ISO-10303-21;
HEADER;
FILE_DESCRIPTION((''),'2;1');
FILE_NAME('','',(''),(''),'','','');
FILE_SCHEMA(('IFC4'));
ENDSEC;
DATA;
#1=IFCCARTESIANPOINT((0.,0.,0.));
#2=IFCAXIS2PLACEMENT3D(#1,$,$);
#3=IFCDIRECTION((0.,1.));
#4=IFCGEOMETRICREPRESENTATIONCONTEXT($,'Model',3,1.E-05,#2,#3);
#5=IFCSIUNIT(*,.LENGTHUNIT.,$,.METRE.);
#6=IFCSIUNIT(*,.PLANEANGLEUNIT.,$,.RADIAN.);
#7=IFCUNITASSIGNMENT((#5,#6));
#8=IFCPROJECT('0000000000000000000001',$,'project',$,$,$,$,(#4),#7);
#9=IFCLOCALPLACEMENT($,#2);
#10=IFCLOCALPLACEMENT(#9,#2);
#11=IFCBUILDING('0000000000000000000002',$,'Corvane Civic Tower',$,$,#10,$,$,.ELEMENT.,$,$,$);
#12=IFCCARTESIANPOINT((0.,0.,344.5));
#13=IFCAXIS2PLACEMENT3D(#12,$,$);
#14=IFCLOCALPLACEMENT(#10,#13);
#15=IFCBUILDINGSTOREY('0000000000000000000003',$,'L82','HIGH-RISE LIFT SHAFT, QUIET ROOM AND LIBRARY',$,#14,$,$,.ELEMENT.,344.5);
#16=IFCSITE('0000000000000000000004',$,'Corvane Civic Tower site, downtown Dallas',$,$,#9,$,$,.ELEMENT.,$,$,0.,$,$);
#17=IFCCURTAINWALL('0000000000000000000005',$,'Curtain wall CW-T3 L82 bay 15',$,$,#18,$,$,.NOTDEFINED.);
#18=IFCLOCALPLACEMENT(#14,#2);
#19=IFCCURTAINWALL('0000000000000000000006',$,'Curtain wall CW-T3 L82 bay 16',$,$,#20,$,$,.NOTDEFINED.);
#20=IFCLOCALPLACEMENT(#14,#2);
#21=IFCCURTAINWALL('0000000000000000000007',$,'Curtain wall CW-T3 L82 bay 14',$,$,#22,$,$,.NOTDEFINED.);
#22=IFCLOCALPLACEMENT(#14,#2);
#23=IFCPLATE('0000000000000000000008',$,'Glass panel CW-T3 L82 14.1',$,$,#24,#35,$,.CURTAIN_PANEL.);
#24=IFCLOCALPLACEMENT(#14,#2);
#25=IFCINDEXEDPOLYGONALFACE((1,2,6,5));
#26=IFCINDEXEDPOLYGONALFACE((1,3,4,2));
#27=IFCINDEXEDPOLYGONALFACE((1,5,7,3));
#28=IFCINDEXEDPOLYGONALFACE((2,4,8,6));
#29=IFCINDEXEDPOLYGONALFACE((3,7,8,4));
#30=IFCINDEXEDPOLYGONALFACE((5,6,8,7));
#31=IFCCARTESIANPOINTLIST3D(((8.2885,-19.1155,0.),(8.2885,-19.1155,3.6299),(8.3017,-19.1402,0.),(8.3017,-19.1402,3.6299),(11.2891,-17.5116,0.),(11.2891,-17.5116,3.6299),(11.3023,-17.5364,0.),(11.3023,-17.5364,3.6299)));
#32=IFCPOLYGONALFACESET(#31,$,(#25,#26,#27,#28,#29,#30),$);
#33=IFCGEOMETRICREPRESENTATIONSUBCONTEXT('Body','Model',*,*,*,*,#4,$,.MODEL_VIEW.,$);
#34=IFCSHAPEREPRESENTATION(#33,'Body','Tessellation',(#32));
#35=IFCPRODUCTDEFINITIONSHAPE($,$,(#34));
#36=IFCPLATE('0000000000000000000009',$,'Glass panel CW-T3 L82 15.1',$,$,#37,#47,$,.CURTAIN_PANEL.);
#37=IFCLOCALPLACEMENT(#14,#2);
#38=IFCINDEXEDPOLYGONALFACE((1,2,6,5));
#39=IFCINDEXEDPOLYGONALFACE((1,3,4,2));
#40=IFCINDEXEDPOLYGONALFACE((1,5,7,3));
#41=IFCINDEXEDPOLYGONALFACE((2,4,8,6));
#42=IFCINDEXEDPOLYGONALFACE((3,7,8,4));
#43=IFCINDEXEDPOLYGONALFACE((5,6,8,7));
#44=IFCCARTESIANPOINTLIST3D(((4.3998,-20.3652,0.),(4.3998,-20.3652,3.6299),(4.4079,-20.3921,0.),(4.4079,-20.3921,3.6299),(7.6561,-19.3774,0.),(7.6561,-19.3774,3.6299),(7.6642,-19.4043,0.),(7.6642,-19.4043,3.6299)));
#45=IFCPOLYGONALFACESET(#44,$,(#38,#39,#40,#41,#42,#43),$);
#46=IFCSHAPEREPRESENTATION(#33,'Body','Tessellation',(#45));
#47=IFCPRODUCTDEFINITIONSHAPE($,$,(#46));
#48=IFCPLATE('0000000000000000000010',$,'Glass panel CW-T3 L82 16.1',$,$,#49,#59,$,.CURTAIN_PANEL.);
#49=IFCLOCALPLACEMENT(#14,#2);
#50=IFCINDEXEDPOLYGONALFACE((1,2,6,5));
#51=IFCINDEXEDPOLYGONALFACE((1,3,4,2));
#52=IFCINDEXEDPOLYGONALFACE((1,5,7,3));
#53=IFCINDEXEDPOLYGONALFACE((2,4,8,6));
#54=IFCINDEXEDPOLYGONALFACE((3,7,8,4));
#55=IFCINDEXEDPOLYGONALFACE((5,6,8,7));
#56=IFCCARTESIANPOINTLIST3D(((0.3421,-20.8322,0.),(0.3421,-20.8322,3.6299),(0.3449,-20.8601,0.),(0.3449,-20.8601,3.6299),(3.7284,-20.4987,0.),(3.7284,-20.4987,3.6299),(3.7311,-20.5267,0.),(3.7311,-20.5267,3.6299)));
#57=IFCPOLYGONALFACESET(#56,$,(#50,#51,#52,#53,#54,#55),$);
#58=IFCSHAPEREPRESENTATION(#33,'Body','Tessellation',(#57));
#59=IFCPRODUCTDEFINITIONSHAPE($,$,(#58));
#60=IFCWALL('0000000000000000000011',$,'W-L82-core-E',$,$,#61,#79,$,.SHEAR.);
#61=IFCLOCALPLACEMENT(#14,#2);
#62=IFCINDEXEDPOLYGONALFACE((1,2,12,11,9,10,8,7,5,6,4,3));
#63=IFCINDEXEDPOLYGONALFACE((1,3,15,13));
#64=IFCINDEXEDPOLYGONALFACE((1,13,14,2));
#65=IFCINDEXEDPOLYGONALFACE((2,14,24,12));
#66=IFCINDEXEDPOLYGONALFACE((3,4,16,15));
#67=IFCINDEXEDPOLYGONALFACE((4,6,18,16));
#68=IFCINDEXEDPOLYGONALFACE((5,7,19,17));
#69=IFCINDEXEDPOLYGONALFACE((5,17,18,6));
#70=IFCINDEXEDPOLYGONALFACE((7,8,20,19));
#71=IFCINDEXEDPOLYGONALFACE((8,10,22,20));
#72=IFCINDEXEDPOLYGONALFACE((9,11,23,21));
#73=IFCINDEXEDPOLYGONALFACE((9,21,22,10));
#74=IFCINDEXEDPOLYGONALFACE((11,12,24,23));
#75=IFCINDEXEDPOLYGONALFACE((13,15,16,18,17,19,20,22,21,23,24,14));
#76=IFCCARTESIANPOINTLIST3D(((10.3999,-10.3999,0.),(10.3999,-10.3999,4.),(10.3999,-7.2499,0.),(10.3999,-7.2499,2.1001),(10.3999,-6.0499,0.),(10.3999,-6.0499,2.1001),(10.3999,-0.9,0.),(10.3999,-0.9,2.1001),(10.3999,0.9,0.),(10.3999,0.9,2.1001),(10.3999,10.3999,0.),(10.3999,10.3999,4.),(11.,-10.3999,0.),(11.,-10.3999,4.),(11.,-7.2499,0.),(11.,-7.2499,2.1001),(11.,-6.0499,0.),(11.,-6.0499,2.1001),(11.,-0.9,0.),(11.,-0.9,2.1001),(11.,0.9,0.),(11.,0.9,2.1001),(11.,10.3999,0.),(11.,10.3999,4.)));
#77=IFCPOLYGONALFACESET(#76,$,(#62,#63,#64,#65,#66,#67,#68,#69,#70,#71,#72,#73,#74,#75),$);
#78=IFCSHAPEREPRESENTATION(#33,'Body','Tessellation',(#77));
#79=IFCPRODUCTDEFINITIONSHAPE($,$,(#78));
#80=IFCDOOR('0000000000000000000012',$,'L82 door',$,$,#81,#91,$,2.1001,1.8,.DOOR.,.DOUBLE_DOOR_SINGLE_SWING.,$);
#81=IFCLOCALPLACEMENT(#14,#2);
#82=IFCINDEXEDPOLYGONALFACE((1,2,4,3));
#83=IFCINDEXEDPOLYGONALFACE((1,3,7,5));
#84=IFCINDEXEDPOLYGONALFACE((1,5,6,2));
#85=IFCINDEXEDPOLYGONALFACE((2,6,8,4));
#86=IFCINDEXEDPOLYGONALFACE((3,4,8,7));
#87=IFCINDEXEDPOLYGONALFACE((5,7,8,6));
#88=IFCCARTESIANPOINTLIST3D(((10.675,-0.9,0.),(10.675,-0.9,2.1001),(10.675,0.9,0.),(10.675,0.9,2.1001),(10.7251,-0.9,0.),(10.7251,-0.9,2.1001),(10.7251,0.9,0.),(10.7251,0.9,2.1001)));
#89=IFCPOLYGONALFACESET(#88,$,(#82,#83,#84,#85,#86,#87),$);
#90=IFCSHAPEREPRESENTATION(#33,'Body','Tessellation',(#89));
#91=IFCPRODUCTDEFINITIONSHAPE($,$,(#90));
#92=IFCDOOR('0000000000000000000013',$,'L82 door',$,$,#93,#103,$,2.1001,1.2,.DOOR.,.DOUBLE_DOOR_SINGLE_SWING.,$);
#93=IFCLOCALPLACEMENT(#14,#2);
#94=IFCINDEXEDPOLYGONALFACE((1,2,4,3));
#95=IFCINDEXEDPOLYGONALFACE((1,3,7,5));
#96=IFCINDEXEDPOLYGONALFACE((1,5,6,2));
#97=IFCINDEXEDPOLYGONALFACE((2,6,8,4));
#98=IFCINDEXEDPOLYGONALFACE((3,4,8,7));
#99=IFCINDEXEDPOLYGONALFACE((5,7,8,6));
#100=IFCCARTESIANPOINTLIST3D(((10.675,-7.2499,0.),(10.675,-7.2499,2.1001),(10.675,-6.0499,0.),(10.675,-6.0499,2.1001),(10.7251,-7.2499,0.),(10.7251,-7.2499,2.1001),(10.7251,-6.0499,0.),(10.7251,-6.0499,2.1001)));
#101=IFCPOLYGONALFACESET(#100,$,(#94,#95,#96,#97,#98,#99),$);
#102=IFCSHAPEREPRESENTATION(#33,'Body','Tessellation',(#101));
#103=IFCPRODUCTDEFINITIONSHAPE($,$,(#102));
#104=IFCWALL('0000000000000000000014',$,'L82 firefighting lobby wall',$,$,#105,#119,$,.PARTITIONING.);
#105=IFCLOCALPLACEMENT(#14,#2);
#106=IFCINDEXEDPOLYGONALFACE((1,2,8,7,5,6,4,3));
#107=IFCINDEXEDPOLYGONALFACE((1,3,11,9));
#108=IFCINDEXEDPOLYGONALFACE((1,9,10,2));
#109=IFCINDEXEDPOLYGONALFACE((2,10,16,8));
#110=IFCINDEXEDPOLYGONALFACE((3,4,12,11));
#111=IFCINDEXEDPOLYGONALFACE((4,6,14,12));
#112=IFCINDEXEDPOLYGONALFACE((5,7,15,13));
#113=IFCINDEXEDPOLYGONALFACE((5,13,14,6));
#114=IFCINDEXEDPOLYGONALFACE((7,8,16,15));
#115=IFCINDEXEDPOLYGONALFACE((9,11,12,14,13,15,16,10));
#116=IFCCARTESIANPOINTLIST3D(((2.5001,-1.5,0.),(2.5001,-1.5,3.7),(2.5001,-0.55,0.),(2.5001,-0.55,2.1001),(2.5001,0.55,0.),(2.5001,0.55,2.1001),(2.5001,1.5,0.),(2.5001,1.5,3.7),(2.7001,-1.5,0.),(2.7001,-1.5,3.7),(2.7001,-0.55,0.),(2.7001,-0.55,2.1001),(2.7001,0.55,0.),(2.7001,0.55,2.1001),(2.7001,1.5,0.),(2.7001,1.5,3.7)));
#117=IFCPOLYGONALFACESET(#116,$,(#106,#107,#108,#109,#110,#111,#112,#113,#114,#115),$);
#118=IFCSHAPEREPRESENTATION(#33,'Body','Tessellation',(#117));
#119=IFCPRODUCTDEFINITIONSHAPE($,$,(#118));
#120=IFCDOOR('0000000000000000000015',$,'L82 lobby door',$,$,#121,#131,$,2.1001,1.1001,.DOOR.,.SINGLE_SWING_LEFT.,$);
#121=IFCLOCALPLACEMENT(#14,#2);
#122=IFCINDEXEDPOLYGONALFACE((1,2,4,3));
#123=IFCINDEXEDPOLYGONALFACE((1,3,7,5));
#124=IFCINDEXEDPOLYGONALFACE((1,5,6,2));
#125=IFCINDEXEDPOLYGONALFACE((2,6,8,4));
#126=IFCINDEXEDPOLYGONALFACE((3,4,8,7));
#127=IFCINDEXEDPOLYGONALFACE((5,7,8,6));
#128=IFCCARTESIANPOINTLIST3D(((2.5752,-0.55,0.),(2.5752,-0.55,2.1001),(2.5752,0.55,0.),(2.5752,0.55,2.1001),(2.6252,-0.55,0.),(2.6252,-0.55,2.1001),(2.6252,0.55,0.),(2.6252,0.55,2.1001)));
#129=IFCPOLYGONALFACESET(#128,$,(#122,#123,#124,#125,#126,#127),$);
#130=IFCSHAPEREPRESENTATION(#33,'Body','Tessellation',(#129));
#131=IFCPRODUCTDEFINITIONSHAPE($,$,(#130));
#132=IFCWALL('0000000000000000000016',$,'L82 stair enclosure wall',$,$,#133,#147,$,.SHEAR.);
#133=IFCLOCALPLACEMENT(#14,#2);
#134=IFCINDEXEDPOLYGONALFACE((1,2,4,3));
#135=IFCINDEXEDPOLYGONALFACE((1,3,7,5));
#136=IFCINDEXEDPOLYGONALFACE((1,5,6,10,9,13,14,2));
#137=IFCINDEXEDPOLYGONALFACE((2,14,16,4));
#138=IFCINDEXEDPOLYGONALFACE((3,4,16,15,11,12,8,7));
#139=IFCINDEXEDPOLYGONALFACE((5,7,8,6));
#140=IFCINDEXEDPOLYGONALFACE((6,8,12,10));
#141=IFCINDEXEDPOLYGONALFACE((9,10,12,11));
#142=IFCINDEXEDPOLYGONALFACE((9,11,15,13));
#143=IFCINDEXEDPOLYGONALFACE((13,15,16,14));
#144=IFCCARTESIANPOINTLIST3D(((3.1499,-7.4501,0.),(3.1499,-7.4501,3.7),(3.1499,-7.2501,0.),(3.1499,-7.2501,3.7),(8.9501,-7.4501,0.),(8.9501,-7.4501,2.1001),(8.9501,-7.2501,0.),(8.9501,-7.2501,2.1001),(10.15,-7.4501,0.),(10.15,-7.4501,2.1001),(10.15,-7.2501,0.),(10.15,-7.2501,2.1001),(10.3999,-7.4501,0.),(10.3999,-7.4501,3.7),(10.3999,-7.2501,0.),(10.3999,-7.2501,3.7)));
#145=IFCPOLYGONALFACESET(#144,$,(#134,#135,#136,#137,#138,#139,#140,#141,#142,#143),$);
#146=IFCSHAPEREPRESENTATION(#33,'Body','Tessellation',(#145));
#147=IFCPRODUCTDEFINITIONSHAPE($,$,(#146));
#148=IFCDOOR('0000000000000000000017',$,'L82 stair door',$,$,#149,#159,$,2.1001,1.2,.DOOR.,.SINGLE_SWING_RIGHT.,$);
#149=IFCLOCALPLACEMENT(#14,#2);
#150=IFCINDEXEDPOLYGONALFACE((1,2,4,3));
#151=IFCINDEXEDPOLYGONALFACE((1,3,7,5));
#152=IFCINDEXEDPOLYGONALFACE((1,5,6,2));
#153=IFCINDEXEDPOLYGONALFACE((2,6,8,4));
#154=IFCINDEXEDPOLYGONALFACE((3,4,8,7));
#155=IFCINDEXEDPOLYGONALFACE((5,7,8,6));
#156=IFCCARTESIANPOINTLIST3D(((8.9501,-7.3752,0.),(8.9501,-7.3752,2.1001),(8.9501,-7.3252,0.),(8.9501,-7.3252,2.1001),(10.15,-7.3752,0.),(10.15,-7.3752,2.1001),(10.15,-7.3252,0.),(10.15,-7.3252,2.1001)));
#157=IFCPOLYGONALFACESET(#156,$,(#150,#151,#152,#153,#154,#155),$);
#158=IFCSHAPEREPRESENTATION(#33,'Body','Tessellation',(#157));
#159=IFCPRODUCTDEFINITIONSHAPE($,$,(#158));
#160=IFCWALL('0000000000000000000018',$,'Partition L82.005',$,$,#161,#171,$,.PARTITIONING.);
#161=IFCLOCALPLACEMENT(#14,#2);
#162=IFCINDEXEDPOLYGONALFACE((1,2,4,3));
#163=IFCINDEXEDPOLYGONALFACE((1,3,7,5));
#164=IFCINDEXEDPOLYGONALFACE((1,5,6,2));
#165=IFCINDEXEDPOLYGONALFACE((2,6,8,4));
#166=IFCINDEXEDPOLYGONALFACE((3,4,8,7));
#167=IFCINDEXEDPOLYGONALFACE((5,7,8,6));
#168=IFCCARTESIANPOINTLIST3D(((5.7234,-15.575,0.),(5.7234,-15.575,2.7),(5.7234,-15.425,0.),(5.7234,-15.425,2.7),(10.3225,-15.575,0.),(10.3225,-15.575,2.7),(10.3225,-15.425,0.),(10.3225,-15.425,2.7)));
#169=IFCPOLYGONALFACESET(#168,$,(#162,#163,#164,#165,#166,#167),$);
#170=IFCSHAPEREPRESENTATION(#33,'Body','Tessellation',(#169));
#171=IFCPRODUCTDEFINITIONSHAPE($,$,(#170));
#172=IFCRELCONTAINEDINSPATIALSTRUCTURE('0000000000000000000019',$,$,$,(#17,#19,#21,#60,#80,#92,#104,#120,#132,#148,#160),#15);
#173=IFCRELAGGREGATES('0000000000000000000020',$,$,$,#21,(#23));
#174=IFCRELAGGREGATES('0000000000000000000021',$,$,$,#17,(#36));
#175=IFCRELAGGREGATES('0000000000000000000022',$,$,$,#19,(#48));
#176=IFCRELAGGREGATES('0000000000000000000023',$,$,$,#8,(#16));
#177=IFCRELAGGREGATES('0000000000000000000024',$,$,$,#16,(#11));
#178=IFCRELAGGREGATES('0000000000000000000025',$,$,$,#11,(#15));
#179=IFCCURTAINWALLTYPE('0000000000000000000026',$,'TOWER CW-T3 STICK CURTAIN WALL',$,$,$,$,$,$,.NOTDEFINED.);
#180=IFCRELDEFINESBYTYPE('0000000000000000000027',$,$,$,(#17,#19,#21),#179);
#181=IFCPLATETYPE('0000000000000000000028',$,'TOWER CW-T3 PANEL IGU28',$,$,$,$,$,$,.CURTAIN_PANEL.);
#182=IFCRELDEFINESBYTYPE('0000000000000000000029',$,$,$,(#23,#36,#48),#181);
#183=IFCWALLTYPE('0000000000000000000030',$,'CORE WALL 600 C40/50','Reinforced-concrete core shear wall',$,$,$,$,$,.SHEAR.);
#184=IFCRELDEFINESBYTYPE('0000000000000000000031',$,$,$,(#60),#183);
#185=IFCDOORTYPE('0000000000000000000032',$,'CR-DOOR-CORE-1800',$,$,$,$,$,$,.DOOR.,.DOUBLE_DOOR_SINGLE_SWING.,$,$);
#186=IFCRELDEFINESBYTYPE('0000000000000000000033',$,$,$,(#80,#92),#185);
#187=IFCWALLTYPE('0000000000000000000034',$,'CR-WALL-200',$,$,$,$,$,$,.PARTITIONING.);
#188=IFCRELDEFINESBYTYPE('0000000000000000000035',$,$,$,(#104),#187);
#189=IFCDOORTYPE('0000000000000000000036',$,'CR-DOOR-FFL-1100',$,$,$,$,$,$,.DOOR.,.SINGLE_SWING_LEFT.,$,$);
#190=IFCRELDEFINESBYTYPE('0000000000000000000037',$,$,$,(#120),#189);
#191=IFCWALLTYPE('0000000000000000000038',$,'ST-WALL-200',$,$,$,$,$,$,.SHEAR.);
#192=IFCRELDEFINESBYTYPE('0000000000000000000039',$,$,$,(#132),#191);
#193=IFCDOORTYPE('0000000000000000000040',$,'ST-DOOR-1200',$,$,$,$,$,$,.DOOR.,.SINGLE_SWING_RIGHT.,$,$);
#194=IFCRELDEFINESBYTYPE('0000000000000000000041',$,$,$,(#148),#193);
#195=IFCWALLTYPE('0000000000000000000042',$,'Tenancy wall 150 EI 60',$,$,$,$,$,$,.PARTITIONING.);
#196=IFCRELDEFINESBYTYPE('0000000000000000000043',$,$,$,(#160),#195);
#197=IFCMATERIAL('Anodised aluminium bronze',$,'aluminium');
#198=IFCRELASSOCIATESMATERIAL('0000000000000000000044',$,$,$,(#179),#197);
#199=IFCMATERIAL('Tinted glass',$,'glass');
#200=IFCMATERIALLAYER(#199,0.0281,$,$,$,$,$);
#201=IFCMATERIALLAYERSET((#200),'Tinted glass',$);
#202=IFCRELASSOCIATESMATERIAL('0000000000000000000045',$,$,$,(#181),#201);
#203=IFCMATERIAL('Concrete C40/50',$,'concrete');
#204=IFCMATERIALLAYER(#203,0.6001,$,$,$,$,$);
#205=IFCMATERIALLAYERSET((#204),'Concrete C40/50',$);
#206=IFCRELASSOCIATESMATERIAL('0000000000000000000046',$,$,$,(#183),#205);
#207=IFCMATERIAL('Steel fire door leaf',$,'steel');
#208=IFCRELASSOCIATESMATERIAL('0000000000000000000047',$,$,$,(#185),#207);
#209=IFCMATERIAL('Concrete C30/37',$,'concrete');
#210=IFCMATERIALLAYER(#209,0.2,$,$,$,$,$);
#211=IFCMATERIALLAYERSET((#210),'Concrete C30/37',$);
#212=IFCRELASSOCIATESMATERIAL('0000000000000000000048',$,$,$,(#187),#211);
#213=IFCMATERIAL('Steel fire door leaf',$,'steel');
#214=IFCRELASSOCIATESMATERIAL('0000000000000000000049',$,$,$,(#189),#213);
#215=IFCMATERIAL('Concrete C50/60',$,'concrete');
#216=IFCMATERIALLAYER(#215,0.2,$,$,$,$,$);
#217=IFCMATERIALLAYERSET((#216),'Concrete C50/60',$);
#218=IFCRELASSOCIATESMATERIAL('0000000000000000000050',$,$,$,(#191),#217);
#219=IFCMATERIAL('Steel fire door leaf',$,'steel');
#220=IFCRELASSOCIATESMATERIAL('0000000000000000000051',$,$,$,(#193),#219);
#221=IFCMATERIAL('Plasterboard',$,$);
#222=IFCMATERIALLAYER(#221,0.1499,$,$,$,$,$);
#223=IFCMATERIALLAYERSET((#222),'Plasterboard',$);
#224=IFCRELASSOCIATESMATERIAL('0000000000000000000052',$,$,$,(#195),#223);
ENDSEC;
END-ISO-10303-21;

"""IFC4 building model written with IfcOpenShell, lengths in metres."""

from ifc_helpers import new_model, si_unit, direction, frame, frame_2d, origin, origin_2d, place, context, subcontext, project, spatial, rectangle, extrude, material, layer, layer_set, type_object, element, fill, aggregate, save


model = new_model("IFC4")

# Units and contexts
model_context = context("Model", 3, precision=1e-05, world=origin(), true_north=direction((0.0, 1.0)))
body_context = subcontext(model_context, "Body", "Model", "MODEL_VIEW")
ifc_project = project(units=[si_unit("LENGTHUNIT", "METRE"), si_unit("PLANEANGLEUNIT", "RADIAN")], contexts=[model_context])

# Site, building, storey
site_placement = place(None, origin())
site = spatial("IfcSite", under=ifc_project, at=site_placement, Name="Corvane Civic Tower site, downtown Dallas", CompositionType="ELEMENT", RefElevation=0.0)
building_placement = place(site_placement, origin())
building = spatial("IfcBuilding", under=site, at=building_placement, Name="Corvane Civic Tower", CompositionType="ELEMENT")
storey_placement = place(building_placement, frame((0.0, 0.0, 344.5)))
storey = spatial("IfcBuildingStorey", under=building, at=storey_placement, Name="L82", Description="HIGH-RISE LIFT SHAFT, QUIET ROOM AND LIBRARY", CompositionType="ELEMENT", Elevation=344.5)

# Curtain walls
ifc_material_1 = material(Name="Anodised aluminium bronze", Category="aluminium")
curtain_wall_type = type_object("IfcCurtainWallType", Name="TOWER CW-T3 STICK CURTAIN WALL", PredefinedType="NOTDEFINED", material=ifc_material_1)
curtain_wall_1_placement = place(storey_placement, origin())
curtain_wall_1 = element("IfcCurtainWall", 1, at=curtain_wall_1_placement, inside=storey, type_object=curtain_wall_type, Name="Curtain wall CW-T3 L82 bay 15", PredefinedType="NOTDEFINED")
curtain_wall_2_placement = place(storey_placement, origin())
curtain_wall_2 = element("IfcCurtainWall", 2, at=curtain_wall_2_placement, inside=storey, type_object=curtain_wall_type, Name="Curtain wall CW-T3 L82 bay 16", PredefinedType="NOTDEFINED")

# Curtain wall, plate
curtain_wall_3_placement = place(storey_placement, origin())
curtain_wall_3 = element("IfcCurtainWall", 3, at=curtain_wall_3_placement, inside=storey, type_object=curtain_wall_type, Name="Curtain wall CW-T3 L82 bay 14", PredefinedType="NOTDEFINED")
ifc_material_2 = material(Name="Tinted glass", Category="glass")
ifc_layer_1 = layer(ifc_material_2, 0.0281)
ifc_layer_set_1 = layer_set([ifc_layer_1], Name="Tinted glass")
plate_type = type_object("IfcPlateType", Name="TOWER CW-T3 PANEL IGU28", PredefinedType="CURTAIN_PANEL", material=ifc_layer_set_1)
plate_1_placement = place(storey_placement, frame((9.7954, -18.3259, 0.0), z_axis=(0.0, 0.0, 1.0), x_axis=(-0.881928, -0.471384, 0.0)))
plate_1 = element("IfcPlate", 4, at=plate_1_placement, type_object=plate_type, Name="Glass panel CW-T3 L82 14.1", PredefinedType="CURTAIN_PANEL", context=body_context, shape_type="SweptSolid", body=[
    extrude(rectangle(XDim=3.4023, YDim=0.0281, at=origin_2d()), origin(), (0.0, 0.0, 1.0), 3.6299),
])
aggregate(curtain_wall_3, [plate_1])

# Plates
plate_2_placement = place(storey_placement, frame((6.032, -19.8848, 0.0), z_axis=(0.0, 0.0, 1.0), x_axis=(-0.956939, -0.29029, 0.0)))
plate_2 = element("IfcPlate", 5, at=plate_2_placement, type_object=plate_type, Name="Glass panel CW-T3 L82 15.1", PredefinedType="CURTAIN_PANEL", context=body_context, shape_type="SweptSolid", body=[
    extrude(rectangle(XDim=3.4028, YDim=0.0281, at=origin_2d()), origin(), (0.0, 0.0, 1.0), 3.6299),
])
aggregate(curtain_wall_1, [plate_2])
plate_3_placement = place(storey_placement, frame((2.0366, -20.6794, 0.0), z_axis=(0.0, 0.0, 1.0), x_axis=(-0.995187, -0.097998, 0.0)))
plate_3 = element("IfcPlate", 6, at=plate_3_placement, type_object=plate_type, Name="Glass panel CW-T3 L82 16.1", PredefinedType="CURTAIN_PANEL", context=body_context, shape_type="SweptSolid", body=[
    extrude(rectangle(XDim=3.4026, YDim=0.0281, at=origin_2d()), origin(), (0.0, 0.0, 1.0), 3.6299),
])
aggregate(curtain_wall_2, [plate_3])

# Wall, openings, doors
ifc_material_3 = material(Name="Concrete C40/50", Category="concrete")
ifc_layer_2 = layer(ifc_material_3, 0.6001)
ifc_layer_set_2 = layer_set([ifc_layer_2], Name="Concrete C40/50")
wall_type_1 = type_object("IfcWallType", Name="CORE WALL 600 C40/50", Description="Reinforced-concrete core shear wall", PredefinedType="SHEAR", material=ifc_layer_set_2)
wall_1_placement = place(storey_placement, frame((10.7, -10.3999, 0.0), z_axis=(0.0, 0.0, 1.0), x_axis=(0.0, 1.0, 0.0)))
wall_1 = element("IfcWall", 7, at=wall_1_placement, inside=storey, type_object=wall_type_1, Name="W-L82-core-E", PredefinedType="SHEAR", context=body_context, shape_type="SweptSolid", body=[
    extrude(rectangle(XDim=20.7998, YDim=0.6001, at=frame_2d((10.3999, 0.0))), origin(), (0.0, 0.0, 1.0), 4.0),
])
opening_1_placement = place(wall_1_placement, frame((9.5, 0.0, 0.0)))
opening_1 = element("IfcOpeningElement", 8, at=opening_1_placement, cuts=wall_1, PredefinedType="OPENING", context=body_context, shape_type="SweptSolid", body=[
    extrude(rectangle(XDim=1.8, YDim=2.1001, at=frame_2d((0.8999, 1.05))), frame((0.0, 0.3101, 0.0), z_axis=(0.0, -1.0, 0.0), x_axis=(1.0, 0.0, 0.0)), (0.0, 0.0, 1.0), 0.6201),
])
opening_2_placement = place(wall_1_placement, frame((3.1499, 0.0, 0.0)))
opening_2 = element("IfcOpeningElement", 9, at=opening_2_placement, cuts=wall_1, PredefinedType="OPENING", context=body_context, shape_type="SweptSolid", body=[
    extrude(rectangle(XDim=1.2, YDim=2.1001, at=frame_2d((0.6001, 1.05))), frame((0.0, 0.3101, 0.0), z_axis=(0.0, -1.0, 0.0), x_axis=(1.0, 0.0, 0.0)), (0.0, 0.0, 1.0), 0.6201),
])
ifc_material_4 = material(Name="Steel fire door leaf", Category="steel")
door_type_1 = type_object("IfcDoorType", Name="CR-DOOR-CORE-1800", OperationType="DOUBLE_DOOR_SINGLE_SWING", PredefinedType="DOOR", material=ifc_material_4)
door_1_placement = place(opening_1_placement, origin())
door_1 = element("IfcDoor", 10, at=door_1_placement, inside=storey, type_object=door_type_1, Name="L82 door", OperationType="DOUBLE_DOOR_SINGLE_SWING", OverallHeight=2.1001, OverallWidth=1.8, PredefinedType="DOOR", context=body_context, shape_type="SweptSolid", body=[
    extrude(rectangle(XDim=1.8, YDim=2.1001, at=frame_2d((0.8999, 1.05))), frame((0.0, 0.0249, 0.0), z_axis=(0.0, -1.0, 0.0), x_axis=(1.0, 0.0, 0.0)), (0.0, 0.0, 1.0), 0.05),
])
fill(opening_1, door_1)
door_2_placement = place(opening_2_placement, origin())
door_2 = element("IfcDoor", 11, at=door_2_placement, inside=storey, type_object=door_type_1, Name="L82 door", OperationType="DOUBLE_DOOR_SINGLE_SWING", OverallHeight=2.1001, OverallWidth=1.2, PredefinedType="DOOR", context=body_context, shape_type="SweptSolid", body=[
    extrude(rectangle(XDim=1.2, YDim=2.1001, at=frame_2d((0.6001, 1.05))), frame((0.0, 0.0249, 0.0), z_axis=(0.0, -1.0, 0.0), x_axis=(1.0, 0.0, 0.0)), (0.0, 0.0, 1.0), 0.05),
])
fill(opening_2, door_2)

# Walls, openings, doors
ifc_material_5 = material(Name="Concrete C30/37", Category="concrete")
ifc_layer_3 = layer(ifc_material_5, 0.2)
ifc_layer_set_3 = layer_set([ifc_layer_3], Name="Concrete C30/37")
wall_type_2 = type_object("IfcWallType", Name="CR-WALL-200", PredefinedType="PARTITIONING", material=ifc_layer_set_3)
wall_2_placement = place(storey_placement, frame((2.6001, -1.5, 0.0), z_axis=(0.0, 0.0, 1.0), x_axis=(0.0, 1.0, 0.0)))
wall_2 = element("IfcWall", 12, at=wall_2_placement, inside=storey, type_object=wall_type_2, Name="L82 firefighting lobby wall", PredefinedType="PARTITIONING", context=body_context, shape_type="SweptSolid", body=[
    extrude(rectangle(XDim=3.0, YDim=0.2, at=frame_2d((1.5, 0.0))), origin(), (0.0, 0.0, 1.0), 3.7),
])
opening_3_placement = place(wall_2_placement, frame((0.95, 0.0, 0.0)))
opening_3 = element("IfcOpeningElement", 13, at=opening_3_placement, cuts=wall_2, PredefinedType="OPENING", context=body_context, shape_type="SweptSolid", body=[
    extrude(rectangle(XDim=1.1001, YDim=2.1001, at=frame_2d((0.55, 1.05))), frame((0.0, 0.1099, 0.0), z_axis=(0.0, -1.0, 0.0), x_axis=(1.0, 0.0, 0.0)), (0.0, 0.0, 1.0), 0.22),
])
ifc_material_6 = material(Name="Steel fire door leaf", Category="steel")
door_type_2 = type_object("IfcDoorType", Name="CR-DOOR-FFL-1100", OperationType="SINGLE_SWING_LEFT", PredefinedType="DOOR", material=ifc_material_6)
door_3_placement = place(opening_3_placement, origin())
door_3 = element("IfcDoor", 14, at=door_3_placement, inside=storey, type_object=door_type_2, Name="L82 lobby door", OperationType="SINGLE_SWING_LEFT", OverallHeight=2.1001, OverallWidth=1.1001, PredefinedType="DOOR", context=body_context, shape_type="SweptSolid", body=[
    extrude(rectangle(XDim=1.1001, YDim=2.1001, at=frame_2d((0.55, 1.05))), frame((0.0, 0.0249, 0.0), z_axis=(0.0, -1.0, 0.0), x_axis=(1.0, 0.0, 0.0)), (0.0, 0.0, 1.0), 0.05),
])
fill(opening_3, door_3)
ifc_material_7 = material(Name="Concrete C50/60", Category="concrete")
ifc_layer_4 = layer(ifc_material_7, 0.2)
ifc_layer_set_4 = layer_set([ifc_layer_4], Name="Concrete C50/60")
wall_type_3 = type_object("IfcWallType", Name="ST-WALL-200", PredefinedType="SHEAR", material=ifc_layer_set_4)
wall_3_placement = place(storey_placement, frame((3.1499, -7.3501, 0.0), z_axis=(0.0, 0.0, 1.0), x_axis=(1.0, 0.0, 0.0)))
wall_3 = element("IfcWall", 15, at=wall_3_placement, inside=storey, type_object=wall_type_3, Name="L82 stair enclosure wall", PredefinedType="SHEAR", context=body_context, shape_type="SweptSolid", body=[
    extrude(rectangle(XDim=7.25, YDim=0.2, at=frame_2d((3.625, 0.0))), origin(), (0.0, 0.0, 1.0), 3.7),
])
opening_4_placement = place(wall_3_placement, frame((5.8, 0.0, 0.0)))
opening_4 = element("IfcOpeningElement", 16, at=opening_4_placement, cuts=wall_3, PredefinedType="OPENING", context=body_context, shape_type="SweptSolid", body=[
    extrude(rectangle(XDim=1.2, YDim=2.1001, at=frame_2d((0.6001, 1.05))), frame((0.0, 0.1099, 0.0), z_axis=(0.0, -1.0, 0.0), x_axis=(1.0, 0.0, 0.0)), (0.0, 0.0, 1.0), 0.22),
])
ifc_material_8 = material(Name="Steel fire door leaf", Category="steel")
door_type_3 = type_object("IfcDoorType", Name="ST-DOOR-1200", OperationType="SINGLE_SWING_RIGHT", PredefinedType="DOOR", material=ifc_material_8)
door_4_placement = place(opening_4_placement, origin())
door_4 = element("IfcDoor", 17, at=door_4_placement, inside=storey, type_object=door_type_3, Name="L82 stair door", OperationType="SINGLE_SWING_RIGHT", OverallHeight=2.1001, OverallWidth=1.2, PredefinedType="DOOR", context=body_context, shape_type="SweptSolid", body=[
    extrude(rectangle(XDim=1.2, YDim=2.1001, at=frame_2d((0.6001, 1.05))), frame((0.0, 0.0249, 0.0), z_axis=(0.0, -1.0, 0.0), x_axis=(1.0, 0.0, 0.0)), (0.0, 0.0, 1.0), 0.05),
])
fill(opening_4, door_4)

# Wall
ifc_material_9 = material(Name="Plasterboard")
ifc_layer_5 = layer(ifc_material_9, 0.1499)
ifc_layer_set_5 = layer_set([ifc_layer_5], Name="Plasterboard")
wall_type_4 = type_object("IfcWallType", Name="Tenancy wall 150 EI 60", PredefinedType="PARTITIONING", material=ifc_layer_set_5)
wall_4_placement = place(storey_placement, frame((5.7234, -15.5, 0.0), z_axis=(0.0, 0.0, 1.0), x_axis=(1.0, 0.0, 0.0)))
element("IfcWall", 18, at=wall_4_placement, inside=storey, type_object=wall_type_4, Name="Partition L82.005", PredefinedType="PARTITIONING", context=body_context, shape_type="SweptSolid", body=[
    extrude(rectangle(XDim=4.5991, YDim=0.1499, at=frame_2d((2.2996, 0.0))), origin(), (0.0, 0.0, 1.0), 2.7),
])

save(model, "model.ifc")
